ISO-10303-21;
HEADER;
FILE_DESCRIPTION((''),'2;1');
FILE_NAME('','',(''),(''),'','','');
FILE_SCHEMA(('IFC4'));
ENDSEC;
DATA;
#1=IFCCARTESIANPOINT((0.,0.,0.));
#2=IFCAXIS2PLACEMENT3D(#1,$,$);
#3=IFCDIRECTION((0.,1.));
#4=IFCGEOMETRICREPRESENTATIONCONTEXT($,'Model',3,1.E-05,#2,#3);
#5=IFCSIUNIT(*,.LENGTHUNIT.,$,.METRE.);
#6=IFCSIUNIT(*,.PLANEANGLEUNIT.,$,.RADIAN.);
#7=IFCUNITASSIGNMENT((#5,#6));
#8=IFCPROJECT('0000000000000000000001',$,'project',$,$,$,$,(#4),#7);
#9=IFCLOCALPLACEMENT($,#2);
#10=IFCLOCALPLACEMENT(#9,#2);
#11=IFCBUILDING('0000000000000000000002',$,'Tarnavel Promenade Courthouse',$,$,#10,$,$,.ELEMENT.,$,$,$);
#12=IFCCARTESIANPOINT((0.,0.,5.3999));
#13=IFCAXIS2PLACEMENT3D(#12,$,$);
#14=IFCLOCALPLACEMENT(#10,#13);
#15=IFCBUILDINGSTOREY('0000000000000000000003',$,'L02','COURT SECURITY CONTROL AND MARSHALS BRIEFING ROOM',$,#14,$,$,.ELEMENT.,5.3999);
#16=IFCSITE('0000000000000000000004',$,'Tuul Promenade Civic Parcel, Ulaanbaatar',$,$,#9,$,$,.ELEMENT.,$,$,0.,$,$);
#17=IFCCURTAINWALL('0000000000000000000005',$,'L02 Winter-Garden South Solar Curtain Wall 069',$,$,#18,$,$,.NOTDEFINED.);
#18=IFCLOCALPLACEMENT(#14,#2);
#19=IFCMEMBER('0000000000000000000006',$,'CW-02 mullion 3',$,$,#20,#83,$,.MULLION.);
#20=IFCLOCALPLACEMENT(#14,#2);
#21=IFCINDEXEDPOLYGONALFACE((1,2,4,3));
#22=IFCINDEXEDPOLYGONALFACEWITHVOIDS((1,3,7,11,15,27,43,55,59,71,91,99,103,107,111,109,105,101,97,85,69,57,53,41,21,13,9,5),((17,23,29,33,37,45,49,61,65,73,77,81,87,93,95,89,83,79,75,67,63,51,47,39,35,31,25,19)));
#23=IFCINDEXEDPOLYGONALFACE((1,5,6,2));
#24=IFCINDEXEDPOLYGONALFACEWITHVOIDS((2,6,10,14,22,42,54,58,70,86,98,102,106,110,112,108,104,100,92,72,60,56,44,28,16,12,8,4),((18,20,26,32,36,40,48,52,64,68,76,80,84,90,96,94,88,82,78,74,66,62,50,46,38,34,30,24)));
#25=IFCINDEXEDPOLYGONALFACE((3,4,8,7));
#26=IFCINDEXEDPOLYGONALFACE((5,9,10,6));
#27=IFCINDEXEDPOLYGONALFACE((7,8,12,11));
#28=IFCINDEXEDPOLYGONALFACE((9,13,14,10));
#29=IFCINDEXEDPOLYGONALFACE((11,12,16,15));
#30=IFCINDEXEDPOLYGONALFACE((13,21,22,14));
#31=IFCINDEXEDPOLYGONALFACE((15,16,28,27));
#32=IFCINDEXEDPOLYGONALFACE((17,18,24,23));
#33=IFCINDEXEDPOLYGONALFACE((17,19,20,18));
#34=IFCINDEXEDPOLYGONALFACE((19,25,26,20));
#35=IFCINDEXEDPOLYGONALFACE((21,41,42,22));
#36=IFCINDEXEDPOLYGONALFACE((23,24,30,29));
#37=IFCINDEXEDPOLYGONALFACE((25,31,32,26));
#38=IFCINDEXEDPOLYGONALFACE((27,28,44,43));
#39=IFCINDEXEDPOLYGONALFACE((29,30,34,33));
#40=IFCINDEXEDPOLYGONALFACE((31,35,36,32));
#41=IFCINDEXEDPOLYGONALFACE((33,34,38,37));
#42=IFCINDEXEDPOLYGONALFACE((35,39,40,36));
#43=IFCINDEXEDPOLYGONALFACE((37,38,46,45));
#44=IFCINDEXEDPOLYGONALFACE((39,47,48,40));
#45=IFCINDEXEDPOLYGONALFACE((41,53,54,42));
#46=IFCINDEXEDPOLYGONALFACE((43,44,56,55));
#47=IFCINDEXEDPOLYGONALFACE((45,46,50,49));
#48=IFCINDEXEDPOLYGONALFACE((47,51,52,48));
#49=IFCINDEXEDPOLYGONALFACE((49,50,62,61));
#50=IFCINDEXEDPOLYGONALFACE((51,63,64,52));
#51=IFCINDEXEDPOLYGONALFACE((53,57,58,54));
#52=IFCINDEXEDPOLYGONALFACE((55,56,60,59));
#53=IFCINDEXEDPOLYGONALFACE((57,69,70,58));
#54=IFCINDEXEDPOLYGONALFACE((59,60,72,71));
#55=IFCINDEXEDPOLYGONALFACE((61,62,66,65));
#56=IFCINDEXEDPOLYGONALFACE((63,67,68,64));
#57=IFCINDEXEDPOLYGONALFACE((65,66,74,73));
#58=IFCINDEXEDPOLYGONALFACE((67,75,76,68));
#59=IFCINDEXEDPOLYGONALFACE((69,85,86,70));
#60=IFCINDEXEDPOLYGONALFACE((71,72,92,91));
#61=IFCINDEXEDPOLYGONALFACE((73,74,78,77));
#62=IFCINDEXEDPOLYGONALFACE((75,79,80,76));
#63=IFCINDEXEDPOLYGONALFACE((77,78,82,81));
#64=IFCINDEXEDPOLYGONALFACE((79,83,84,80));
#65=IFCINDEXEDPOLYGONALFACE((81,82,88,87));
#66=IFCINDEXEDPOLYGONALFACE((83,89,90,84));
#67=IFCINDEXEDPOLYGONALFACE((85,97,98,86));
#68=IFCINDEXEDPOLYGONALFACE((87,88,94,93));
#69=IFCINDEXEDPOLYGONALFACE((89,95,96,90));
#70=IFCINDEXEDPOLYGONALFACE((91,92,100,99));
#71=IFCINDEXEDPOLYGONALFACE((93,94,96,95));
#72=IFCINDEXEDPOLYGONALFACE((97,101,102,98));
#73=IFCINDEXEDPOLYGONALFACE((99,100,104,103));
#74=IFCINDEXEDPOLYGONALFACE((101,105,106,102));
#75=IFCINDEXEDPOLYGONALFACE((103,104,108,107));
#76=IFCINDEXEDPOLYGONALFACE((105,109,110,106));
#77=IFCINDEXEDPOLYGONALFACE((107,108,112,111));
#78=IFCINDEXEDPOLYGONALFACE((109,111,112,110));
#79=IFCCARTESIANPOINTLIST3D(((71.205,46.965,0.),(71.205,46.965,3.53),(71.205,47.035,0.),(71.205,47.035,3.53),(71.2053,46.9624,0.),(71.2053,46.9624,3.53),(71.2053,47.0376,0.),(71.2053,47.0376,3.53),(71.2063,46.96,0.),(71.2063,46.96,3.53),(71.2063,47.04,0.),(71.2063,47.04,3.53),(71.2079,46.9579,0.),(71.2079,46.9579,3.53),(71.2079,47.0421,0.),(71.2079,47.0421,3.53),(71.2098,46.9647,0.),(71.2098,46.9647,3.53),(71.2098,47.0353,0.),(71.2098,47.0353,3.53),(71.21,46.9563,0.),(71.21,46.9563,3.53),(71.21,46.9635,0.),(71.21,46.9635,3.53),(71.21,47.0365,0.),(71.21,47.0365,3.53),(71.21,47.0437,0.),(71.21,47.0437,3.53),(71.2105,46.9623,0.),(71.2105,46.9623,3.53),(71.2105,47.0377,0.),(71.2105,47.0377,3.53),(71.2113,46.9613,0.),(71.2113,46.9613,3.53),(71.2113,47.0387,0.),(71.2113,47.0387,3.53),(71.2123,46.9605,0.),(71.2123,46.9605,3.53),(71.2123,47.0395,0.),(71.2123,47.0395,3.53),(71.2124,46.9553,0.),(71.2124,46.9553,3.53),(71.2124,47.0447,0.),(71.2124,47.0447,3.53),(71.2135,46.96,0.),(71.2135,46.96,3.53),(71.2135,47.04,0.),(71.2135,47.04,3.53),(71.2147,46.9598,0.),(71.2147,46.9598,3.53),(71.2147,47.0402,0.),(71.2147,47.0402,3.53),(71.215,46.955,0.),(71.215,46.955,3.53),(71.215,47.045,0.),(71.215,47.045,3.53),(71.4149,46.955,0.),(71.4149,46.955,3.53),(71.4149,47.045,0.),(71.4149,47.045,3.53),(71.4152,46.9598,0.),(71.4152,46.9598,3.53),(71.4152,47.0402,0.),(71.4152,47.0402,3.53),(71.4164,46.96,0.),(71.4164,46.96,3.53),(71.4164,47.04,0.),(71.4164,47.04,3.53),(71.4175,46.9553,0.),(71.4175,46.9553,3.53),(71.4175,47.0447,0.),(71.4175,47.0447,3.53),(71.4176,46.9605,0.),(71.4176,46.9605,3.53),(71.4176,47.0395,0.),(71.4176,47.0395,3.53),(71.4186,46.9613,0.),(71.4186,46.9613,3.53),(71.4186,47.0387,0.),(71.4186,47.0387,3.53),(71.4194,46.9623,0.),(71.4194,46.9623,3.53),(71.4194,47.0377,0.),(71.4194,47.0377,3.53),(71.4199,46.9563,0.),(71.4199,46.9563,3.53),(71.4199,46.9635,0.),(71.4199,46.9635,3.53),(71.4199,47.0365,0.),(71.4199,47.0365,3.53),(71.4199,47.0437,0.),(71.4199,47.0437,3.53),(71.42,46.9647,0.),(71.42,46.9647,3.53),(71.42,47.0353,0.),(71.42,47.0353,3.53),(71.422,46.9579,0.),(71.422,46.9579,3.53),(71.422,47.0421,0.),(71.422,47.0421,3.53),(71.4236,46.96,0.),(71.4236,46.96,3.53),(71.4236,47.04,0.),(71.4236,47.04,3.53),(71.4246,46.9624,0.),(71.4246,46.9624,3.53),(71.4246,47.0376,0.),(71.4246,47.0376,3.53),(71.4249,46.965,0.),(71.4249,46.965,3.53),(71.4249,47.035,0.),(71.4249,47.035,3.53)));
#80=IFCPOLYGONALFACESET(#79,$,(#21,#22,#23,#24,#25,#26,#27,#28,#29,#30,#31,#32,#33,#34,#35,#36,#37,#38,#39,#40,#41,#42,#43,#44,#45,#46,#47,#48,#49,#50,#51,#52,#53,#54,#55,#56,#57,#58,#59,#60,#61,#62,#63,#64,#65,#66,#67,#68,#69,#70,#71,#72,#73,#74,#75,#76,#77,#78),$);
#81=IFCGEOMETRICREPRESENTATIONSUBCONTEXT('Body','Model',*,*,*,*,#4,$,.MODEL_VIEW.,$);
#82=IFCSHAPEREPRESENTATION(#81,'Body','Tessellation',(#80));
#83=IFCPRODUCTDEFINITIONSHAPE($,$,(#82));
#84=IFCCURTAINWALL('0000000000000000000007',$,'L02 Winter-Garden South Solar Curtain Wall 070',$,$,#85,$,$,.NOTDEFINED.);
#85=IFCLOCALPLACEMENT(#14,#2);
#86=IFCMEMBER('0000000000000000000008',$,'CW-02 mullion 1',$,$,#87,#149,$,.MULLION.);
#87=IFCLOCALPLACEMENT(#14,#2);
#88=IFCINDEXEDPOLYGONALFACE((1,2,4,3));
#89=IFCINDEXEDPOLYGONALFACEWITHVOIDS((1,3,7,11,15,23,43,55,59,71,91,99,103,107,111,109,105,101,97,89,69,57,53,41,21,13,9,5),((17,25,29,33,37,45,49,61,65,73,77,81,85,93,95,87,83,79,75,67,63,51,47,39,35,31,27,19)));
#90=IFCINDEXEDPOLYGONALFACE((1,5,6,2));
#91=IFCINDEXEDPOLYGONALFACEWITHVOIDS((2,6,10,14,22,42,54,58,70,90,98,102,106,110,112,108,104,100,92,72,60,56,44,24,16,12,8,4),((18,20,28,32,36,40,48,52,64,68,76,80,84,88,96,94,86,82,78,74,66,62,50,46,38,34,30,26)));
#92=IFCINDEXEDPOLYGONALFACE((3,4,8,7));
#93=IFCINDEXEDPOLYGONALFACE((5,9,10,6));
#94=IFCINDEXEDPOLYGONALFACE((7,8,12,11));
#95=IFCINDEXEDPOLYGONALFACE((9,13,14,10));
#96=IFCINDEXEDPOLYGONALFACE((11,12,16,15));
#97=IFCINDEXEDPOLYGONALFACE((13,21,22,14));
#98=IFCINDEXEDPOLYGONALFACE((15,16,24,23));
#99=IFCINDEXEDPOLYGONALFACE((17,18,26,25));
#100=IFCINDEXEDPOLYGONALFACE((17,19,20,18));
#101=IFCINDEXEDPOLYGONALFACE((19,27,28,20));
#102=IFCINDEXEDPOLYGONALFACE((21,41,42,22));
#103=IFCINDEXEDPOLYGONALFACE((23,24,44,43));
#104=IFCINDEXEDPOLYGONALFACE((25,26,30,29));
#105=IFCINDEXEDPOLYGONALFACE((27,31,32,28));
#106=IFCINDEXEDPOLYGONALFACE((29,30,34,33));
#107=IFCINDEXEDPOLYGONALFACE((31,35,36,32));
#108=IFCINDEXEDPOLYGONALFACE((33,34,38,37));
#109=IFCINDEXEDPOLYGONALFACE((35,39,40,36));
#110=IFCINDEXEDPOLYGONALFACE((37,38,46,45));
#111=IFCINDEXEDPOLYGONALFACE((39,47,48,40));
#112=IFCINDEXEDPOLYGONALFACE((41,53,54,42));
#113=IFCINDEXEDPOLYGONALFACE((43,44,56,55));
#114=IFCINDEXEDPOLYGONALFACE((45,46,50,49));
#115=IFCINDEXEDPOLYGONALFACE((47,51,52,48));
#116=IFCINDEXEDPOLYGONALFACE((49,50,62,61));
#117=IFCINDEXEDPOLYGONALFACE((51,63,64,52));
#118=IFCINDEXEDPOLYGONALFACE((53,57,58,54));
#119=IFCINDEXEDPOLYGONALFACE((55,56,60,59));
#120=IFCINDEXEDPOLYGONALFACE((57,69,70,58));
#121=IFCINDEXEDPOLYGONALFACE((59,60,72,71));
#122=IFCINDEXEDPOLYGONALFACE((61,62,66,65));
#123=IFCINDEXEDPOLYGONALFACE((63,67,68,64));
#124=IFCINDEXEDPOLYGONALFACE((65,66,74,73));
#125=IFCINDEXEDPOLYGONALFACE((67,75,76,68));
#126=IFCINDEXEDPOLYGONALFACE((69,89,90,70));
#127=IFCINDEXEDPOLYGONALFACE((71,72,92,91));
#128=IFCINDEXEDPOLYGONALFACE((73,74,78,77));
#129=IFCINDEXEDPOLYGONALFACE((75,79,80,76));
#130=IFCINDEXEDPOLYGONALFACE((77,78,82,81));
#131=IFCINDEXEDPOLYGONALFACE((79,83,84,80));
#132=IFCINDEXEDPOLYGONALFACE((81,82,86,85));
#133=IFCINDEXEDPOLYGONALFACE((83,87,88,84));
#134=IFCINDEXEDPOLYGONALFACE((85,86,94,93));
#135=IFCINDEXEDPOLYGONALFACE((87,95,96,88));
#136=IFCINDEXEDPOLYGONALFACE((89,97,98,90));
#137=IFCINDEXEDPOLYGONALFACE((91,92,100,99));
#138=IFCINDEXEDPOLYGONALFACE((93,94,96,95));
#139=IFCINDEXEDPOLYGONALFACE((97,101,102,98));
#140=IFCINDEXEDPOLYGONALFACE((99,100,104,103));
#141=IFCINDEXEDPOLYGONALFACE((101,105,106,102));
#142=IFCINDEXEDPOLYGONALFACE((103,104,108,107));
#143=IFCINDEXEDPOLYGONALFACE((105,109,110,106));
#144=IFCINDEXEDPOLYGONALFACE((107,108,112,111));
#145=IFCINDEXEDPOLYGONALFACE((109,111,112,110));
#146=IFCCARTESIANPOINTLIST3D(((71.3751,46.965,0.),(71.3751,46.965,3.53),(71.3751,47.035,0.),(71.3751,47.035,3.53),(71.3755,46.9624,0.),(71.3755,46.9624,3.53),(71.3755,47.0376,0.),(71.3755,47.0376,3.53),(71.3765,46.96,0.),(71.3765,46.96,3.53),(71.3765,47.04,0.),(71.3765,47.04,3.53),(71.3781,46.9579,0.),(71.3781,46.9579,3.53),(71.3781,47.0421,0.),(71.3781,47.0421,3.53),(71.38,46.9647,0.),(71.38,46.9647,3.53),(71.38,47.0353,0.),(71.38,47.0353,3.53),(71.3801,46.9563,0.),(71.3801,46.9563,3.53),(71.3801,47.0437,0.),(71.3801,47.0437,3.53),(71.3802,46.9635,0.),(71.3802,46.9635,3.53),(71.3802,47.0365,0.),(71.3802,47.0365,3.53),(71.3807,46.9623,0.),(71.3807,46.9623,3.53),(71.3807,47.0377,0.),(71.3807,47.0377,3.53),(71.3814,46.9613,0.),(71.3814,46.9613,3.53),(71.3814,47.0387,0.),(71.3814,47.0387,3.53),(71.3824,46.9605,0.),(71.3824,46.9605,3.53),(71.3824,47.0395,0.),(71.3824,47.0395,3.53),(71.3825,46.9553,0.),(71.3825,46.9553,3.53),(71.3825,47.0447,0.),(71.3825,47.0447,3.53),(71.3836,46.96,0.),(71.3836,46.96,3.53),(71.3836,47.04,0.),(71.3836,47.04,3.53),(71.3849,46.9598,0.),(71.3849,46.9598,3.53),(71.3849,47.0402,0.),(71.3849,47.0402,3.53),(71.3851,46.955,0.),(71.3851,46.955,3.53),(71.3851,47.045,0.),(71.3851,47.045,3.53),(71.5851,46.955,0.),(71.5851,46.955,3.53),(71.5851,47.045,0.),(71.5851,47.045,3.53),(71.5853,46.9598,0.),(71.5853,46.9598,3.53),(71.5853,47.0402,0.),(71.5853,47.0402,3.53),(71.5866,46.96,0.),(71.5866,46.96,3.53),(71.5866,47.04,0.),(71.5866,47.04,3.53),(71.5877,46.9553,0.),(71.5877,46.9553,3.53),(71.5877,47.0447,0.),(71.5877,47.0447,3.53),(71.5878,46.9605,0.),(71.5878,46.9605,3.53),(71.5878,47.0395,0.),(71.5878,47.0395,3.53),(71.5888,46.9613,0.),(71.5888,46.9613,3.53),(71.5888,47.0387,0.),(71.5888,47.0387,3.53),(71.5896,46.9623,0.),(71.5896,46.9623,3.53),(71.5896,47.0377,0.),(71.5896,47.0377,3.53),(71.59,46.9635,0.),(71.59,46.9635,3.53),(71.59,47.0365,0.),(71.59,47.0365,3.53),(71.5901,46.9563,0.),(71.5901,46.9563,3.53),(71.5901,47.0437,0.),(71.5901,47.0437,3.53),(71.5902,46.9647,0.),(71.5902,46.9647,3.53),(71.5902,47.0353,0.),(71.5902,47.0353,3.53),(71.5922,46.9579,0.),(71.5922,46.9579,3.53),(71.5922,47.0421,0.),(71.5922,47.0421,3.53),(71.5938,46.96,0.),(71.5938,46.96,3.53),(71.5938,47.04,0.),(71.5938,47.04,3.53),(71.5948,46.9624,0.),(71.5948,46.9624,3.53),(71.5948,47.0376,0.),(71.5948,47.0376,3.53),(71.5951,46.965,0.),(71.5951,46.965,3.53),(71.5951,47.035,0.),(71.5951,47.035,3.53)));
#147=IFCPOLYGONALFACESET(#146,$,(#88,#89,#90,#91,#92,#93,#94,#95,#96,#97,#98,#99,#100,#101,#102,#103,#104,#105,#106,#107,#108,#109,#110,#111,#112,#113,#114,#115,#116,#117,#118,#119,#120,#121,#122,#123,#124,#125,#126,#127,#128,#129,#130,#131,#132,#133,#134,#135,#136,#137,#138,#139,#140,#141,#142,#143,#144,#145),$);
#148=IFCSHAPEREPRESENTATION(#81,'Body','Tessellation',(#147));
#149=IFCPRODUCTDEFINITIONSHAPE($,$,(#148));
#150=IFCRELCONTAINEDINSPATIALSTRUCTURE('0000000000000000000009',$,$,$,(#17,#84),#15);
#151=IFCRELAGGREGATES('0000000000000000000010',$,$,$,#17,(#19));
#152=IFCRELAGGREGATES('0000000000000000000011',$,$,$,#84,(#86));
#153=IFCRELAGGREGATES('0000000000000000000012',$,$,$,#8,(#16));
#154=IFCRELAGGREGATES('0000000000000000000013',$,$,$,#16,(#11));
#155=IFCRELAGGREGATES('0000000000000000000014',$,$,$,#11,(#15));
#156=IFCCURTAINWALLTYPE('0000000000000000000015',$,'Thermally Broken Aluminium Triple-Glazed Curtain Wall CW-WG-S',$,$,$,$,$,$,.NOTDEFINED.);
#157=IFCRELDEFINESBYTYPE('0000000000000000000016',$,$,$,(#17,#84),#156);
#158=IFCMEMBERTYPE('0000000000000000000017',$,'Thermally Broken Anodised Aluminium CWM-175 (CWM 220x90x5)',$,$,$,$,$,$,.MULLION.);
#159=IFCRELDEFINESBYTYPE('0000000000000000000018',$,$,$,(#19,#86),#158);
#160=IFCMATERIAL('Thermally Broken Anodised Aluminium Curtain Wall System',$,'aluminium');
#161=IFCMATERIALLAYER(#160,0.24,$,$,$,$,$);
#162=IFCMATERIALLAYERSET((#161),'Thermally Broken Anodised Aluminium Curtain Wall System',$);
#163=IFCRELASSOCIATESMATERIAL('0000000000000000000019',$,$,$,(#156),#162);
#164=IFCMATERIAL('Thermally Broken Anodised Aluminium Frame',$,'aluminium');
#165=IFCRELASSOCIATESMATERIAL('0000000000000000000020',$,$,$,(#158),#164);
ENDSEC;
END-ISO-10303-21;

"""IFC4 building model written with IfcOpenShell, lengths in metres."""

from ifc_helpers import new_model, si_unit, direction, frame, origin, origin_2d, place, context, subcontext, project, spatial, hollow_rectangle, extrude, material, layer, layer_set, material_profile, profile_set, type_object, element, aggregate, save


model = new_model("IFC4")

# Units and contexts
model_context = context("Model", 3, precision=1e-05, world=origin(), true_north=direction((0.0, 1.0)))
body_context = subcontext(model_context, "Body", "Model", "MODEL_VIEW")
ifc_project = project(units=[si_unit("LENGTHUNIT", "METRE"), si_unit("PLANEANGLEUNIT", "RADIAN")], contexts=[model_context])

# Site, building, storey
site_placement = place(None, origin())
site = spatial("IfcSite", under=ifc_project, at=site_placement, Name="Tuul Promenade Civic Parcel, Ulaanbaatar", CompositionType="ELEMENT", RefElevation=0.0)
building_placement = place(site_placement, origin())
building = spatial("IfcBuilding", under=site, at=building_placement, Name="Tarnavel Promenade Courthouse", CompositionType="ELEMENT")
storey_placement = place(building_placement, frame((0.0, 0.0, 5.3999)))
storey = spatial("IfcBuildingStorey", under=building, at=storey_placement, Name="L02", Description="COURT SECURITY CONTROL AND MARSHALS BRIEFING ROOM", CompositionType="ELEMENT", Elevation=5.3999)

# Curtain walls, members
ifc_material_1 = material(Name="Thermally Broken Anodised Aluminium Curtain Wall System", Category="aluminium")
ifc_layer_1 = layer(ifc_material_1, 0.24)
ifc_layer_set_1 = layer_set([ifc_layer_1], Name="Thermally Broken Anodised Aluminium Curtain Wall System")
curtain_wall_type = type_object("IfcCurtainWallType", Name="Thermally Broken Aluminium Triple-Glazed Curtain Wall CW-WG-S", PredefinedType="NOTDEFINED", material=ifc_layer_set_1)
curtain_wall_1_placement = place(storey_placement, origin())
curtain_wall_1 = element("IfcCurtainWall", 1, at=curtain_wall_1_placement, inside=storey, type_object=curtain_wall_type, Name="L02 Winter-Garden South Solar Curtain Wall 069", PredefinedType="NOTDEFINED")
ifc_material_2 = material(Name="Thermally Broken Anodised Aluminium Frame", Category="aluminium")
ifc_material_profile_1 = material_profile(ifc_material_2, hollow_rectangle(XDim=0.0901, YDim=0.22, WallThickness=0.0049, InnerFilletRadius=0.0049, OuterFilletRadius=0.01, at=origin_2d()), Name="CWM 220x90x5")
ifc_profile_set_1 = profile_set([ifc_material_profile_1], Name="Thermally Broken Anodised Aluminium Frame")
member_type_1 = type_object("IfcMemberType", Name="Thermally Broken Anodised Aluminium CWM-175 (CWM 220x90x5)", PredefinedType="MULLION", material=ifc_profile_set_1)
member_1_placement = place(storey_placement, frame((71.3149, 47.0, 0.0), z_axis=(0.0, 0.0, 1.0), x_axis=(0.0, 1.0, 0.0)))
member_1 = element("IfcMember", 2, at=member_1_placement, type_object=member_type_1, Name="CW-02 mullion 3", PredefinedType="MULLION", context=body_context, shape_type="SweptSolid", body=[
    extrude(hollow_rectangle(XDim=0.0901, YDim=0.22, WallThickness=0.0049, InnerFilletRadius=0.0049, OuterFilletRadius=0.01, at=origin_2d()), origin(), (0.0, 0.0, 1.0), 3.53),
])
curtain_wall_2_placement = place(storey_placement, origin())
curtain_wall_2 = element("IfcCurtainWall", 3, at=curtain_wall_2_placement, inside=storey, type_object=curtain_wall_type, Name="L02 Winter-Garden South Solar Curtain Wall 070", PredefinedType="NOTDEFINED")
member_2_placement = place(storey_placement, frame((71.4851, 47.0, 0.0), z_axis=(0.0, 0.0, 1.0), x_axis=(0.0, 1.0, 0.0)))
member_2 = element("IfcMember", 4, at=member_2_placement, type_object=member_type_1, Name="CW-02 mullion 1", PredefinedType="MULLION", context=body_context, shape_type="SweptSolid", body=[
    extrude(hollow_rectangle(XDim=0.0901, YDim=0.22, WallThickness=0.0049, InnerFilletRadius=0.0049, OuterFilletRadius=0.01, at=origin_2d()), origin(), (0.0, 0.0, 1.0), 3.53),
])

aggregate(curtain_wall_1, [member_1])
aggregate(curtain_wall_2, [member_2])

save(model, "model.ifc")
